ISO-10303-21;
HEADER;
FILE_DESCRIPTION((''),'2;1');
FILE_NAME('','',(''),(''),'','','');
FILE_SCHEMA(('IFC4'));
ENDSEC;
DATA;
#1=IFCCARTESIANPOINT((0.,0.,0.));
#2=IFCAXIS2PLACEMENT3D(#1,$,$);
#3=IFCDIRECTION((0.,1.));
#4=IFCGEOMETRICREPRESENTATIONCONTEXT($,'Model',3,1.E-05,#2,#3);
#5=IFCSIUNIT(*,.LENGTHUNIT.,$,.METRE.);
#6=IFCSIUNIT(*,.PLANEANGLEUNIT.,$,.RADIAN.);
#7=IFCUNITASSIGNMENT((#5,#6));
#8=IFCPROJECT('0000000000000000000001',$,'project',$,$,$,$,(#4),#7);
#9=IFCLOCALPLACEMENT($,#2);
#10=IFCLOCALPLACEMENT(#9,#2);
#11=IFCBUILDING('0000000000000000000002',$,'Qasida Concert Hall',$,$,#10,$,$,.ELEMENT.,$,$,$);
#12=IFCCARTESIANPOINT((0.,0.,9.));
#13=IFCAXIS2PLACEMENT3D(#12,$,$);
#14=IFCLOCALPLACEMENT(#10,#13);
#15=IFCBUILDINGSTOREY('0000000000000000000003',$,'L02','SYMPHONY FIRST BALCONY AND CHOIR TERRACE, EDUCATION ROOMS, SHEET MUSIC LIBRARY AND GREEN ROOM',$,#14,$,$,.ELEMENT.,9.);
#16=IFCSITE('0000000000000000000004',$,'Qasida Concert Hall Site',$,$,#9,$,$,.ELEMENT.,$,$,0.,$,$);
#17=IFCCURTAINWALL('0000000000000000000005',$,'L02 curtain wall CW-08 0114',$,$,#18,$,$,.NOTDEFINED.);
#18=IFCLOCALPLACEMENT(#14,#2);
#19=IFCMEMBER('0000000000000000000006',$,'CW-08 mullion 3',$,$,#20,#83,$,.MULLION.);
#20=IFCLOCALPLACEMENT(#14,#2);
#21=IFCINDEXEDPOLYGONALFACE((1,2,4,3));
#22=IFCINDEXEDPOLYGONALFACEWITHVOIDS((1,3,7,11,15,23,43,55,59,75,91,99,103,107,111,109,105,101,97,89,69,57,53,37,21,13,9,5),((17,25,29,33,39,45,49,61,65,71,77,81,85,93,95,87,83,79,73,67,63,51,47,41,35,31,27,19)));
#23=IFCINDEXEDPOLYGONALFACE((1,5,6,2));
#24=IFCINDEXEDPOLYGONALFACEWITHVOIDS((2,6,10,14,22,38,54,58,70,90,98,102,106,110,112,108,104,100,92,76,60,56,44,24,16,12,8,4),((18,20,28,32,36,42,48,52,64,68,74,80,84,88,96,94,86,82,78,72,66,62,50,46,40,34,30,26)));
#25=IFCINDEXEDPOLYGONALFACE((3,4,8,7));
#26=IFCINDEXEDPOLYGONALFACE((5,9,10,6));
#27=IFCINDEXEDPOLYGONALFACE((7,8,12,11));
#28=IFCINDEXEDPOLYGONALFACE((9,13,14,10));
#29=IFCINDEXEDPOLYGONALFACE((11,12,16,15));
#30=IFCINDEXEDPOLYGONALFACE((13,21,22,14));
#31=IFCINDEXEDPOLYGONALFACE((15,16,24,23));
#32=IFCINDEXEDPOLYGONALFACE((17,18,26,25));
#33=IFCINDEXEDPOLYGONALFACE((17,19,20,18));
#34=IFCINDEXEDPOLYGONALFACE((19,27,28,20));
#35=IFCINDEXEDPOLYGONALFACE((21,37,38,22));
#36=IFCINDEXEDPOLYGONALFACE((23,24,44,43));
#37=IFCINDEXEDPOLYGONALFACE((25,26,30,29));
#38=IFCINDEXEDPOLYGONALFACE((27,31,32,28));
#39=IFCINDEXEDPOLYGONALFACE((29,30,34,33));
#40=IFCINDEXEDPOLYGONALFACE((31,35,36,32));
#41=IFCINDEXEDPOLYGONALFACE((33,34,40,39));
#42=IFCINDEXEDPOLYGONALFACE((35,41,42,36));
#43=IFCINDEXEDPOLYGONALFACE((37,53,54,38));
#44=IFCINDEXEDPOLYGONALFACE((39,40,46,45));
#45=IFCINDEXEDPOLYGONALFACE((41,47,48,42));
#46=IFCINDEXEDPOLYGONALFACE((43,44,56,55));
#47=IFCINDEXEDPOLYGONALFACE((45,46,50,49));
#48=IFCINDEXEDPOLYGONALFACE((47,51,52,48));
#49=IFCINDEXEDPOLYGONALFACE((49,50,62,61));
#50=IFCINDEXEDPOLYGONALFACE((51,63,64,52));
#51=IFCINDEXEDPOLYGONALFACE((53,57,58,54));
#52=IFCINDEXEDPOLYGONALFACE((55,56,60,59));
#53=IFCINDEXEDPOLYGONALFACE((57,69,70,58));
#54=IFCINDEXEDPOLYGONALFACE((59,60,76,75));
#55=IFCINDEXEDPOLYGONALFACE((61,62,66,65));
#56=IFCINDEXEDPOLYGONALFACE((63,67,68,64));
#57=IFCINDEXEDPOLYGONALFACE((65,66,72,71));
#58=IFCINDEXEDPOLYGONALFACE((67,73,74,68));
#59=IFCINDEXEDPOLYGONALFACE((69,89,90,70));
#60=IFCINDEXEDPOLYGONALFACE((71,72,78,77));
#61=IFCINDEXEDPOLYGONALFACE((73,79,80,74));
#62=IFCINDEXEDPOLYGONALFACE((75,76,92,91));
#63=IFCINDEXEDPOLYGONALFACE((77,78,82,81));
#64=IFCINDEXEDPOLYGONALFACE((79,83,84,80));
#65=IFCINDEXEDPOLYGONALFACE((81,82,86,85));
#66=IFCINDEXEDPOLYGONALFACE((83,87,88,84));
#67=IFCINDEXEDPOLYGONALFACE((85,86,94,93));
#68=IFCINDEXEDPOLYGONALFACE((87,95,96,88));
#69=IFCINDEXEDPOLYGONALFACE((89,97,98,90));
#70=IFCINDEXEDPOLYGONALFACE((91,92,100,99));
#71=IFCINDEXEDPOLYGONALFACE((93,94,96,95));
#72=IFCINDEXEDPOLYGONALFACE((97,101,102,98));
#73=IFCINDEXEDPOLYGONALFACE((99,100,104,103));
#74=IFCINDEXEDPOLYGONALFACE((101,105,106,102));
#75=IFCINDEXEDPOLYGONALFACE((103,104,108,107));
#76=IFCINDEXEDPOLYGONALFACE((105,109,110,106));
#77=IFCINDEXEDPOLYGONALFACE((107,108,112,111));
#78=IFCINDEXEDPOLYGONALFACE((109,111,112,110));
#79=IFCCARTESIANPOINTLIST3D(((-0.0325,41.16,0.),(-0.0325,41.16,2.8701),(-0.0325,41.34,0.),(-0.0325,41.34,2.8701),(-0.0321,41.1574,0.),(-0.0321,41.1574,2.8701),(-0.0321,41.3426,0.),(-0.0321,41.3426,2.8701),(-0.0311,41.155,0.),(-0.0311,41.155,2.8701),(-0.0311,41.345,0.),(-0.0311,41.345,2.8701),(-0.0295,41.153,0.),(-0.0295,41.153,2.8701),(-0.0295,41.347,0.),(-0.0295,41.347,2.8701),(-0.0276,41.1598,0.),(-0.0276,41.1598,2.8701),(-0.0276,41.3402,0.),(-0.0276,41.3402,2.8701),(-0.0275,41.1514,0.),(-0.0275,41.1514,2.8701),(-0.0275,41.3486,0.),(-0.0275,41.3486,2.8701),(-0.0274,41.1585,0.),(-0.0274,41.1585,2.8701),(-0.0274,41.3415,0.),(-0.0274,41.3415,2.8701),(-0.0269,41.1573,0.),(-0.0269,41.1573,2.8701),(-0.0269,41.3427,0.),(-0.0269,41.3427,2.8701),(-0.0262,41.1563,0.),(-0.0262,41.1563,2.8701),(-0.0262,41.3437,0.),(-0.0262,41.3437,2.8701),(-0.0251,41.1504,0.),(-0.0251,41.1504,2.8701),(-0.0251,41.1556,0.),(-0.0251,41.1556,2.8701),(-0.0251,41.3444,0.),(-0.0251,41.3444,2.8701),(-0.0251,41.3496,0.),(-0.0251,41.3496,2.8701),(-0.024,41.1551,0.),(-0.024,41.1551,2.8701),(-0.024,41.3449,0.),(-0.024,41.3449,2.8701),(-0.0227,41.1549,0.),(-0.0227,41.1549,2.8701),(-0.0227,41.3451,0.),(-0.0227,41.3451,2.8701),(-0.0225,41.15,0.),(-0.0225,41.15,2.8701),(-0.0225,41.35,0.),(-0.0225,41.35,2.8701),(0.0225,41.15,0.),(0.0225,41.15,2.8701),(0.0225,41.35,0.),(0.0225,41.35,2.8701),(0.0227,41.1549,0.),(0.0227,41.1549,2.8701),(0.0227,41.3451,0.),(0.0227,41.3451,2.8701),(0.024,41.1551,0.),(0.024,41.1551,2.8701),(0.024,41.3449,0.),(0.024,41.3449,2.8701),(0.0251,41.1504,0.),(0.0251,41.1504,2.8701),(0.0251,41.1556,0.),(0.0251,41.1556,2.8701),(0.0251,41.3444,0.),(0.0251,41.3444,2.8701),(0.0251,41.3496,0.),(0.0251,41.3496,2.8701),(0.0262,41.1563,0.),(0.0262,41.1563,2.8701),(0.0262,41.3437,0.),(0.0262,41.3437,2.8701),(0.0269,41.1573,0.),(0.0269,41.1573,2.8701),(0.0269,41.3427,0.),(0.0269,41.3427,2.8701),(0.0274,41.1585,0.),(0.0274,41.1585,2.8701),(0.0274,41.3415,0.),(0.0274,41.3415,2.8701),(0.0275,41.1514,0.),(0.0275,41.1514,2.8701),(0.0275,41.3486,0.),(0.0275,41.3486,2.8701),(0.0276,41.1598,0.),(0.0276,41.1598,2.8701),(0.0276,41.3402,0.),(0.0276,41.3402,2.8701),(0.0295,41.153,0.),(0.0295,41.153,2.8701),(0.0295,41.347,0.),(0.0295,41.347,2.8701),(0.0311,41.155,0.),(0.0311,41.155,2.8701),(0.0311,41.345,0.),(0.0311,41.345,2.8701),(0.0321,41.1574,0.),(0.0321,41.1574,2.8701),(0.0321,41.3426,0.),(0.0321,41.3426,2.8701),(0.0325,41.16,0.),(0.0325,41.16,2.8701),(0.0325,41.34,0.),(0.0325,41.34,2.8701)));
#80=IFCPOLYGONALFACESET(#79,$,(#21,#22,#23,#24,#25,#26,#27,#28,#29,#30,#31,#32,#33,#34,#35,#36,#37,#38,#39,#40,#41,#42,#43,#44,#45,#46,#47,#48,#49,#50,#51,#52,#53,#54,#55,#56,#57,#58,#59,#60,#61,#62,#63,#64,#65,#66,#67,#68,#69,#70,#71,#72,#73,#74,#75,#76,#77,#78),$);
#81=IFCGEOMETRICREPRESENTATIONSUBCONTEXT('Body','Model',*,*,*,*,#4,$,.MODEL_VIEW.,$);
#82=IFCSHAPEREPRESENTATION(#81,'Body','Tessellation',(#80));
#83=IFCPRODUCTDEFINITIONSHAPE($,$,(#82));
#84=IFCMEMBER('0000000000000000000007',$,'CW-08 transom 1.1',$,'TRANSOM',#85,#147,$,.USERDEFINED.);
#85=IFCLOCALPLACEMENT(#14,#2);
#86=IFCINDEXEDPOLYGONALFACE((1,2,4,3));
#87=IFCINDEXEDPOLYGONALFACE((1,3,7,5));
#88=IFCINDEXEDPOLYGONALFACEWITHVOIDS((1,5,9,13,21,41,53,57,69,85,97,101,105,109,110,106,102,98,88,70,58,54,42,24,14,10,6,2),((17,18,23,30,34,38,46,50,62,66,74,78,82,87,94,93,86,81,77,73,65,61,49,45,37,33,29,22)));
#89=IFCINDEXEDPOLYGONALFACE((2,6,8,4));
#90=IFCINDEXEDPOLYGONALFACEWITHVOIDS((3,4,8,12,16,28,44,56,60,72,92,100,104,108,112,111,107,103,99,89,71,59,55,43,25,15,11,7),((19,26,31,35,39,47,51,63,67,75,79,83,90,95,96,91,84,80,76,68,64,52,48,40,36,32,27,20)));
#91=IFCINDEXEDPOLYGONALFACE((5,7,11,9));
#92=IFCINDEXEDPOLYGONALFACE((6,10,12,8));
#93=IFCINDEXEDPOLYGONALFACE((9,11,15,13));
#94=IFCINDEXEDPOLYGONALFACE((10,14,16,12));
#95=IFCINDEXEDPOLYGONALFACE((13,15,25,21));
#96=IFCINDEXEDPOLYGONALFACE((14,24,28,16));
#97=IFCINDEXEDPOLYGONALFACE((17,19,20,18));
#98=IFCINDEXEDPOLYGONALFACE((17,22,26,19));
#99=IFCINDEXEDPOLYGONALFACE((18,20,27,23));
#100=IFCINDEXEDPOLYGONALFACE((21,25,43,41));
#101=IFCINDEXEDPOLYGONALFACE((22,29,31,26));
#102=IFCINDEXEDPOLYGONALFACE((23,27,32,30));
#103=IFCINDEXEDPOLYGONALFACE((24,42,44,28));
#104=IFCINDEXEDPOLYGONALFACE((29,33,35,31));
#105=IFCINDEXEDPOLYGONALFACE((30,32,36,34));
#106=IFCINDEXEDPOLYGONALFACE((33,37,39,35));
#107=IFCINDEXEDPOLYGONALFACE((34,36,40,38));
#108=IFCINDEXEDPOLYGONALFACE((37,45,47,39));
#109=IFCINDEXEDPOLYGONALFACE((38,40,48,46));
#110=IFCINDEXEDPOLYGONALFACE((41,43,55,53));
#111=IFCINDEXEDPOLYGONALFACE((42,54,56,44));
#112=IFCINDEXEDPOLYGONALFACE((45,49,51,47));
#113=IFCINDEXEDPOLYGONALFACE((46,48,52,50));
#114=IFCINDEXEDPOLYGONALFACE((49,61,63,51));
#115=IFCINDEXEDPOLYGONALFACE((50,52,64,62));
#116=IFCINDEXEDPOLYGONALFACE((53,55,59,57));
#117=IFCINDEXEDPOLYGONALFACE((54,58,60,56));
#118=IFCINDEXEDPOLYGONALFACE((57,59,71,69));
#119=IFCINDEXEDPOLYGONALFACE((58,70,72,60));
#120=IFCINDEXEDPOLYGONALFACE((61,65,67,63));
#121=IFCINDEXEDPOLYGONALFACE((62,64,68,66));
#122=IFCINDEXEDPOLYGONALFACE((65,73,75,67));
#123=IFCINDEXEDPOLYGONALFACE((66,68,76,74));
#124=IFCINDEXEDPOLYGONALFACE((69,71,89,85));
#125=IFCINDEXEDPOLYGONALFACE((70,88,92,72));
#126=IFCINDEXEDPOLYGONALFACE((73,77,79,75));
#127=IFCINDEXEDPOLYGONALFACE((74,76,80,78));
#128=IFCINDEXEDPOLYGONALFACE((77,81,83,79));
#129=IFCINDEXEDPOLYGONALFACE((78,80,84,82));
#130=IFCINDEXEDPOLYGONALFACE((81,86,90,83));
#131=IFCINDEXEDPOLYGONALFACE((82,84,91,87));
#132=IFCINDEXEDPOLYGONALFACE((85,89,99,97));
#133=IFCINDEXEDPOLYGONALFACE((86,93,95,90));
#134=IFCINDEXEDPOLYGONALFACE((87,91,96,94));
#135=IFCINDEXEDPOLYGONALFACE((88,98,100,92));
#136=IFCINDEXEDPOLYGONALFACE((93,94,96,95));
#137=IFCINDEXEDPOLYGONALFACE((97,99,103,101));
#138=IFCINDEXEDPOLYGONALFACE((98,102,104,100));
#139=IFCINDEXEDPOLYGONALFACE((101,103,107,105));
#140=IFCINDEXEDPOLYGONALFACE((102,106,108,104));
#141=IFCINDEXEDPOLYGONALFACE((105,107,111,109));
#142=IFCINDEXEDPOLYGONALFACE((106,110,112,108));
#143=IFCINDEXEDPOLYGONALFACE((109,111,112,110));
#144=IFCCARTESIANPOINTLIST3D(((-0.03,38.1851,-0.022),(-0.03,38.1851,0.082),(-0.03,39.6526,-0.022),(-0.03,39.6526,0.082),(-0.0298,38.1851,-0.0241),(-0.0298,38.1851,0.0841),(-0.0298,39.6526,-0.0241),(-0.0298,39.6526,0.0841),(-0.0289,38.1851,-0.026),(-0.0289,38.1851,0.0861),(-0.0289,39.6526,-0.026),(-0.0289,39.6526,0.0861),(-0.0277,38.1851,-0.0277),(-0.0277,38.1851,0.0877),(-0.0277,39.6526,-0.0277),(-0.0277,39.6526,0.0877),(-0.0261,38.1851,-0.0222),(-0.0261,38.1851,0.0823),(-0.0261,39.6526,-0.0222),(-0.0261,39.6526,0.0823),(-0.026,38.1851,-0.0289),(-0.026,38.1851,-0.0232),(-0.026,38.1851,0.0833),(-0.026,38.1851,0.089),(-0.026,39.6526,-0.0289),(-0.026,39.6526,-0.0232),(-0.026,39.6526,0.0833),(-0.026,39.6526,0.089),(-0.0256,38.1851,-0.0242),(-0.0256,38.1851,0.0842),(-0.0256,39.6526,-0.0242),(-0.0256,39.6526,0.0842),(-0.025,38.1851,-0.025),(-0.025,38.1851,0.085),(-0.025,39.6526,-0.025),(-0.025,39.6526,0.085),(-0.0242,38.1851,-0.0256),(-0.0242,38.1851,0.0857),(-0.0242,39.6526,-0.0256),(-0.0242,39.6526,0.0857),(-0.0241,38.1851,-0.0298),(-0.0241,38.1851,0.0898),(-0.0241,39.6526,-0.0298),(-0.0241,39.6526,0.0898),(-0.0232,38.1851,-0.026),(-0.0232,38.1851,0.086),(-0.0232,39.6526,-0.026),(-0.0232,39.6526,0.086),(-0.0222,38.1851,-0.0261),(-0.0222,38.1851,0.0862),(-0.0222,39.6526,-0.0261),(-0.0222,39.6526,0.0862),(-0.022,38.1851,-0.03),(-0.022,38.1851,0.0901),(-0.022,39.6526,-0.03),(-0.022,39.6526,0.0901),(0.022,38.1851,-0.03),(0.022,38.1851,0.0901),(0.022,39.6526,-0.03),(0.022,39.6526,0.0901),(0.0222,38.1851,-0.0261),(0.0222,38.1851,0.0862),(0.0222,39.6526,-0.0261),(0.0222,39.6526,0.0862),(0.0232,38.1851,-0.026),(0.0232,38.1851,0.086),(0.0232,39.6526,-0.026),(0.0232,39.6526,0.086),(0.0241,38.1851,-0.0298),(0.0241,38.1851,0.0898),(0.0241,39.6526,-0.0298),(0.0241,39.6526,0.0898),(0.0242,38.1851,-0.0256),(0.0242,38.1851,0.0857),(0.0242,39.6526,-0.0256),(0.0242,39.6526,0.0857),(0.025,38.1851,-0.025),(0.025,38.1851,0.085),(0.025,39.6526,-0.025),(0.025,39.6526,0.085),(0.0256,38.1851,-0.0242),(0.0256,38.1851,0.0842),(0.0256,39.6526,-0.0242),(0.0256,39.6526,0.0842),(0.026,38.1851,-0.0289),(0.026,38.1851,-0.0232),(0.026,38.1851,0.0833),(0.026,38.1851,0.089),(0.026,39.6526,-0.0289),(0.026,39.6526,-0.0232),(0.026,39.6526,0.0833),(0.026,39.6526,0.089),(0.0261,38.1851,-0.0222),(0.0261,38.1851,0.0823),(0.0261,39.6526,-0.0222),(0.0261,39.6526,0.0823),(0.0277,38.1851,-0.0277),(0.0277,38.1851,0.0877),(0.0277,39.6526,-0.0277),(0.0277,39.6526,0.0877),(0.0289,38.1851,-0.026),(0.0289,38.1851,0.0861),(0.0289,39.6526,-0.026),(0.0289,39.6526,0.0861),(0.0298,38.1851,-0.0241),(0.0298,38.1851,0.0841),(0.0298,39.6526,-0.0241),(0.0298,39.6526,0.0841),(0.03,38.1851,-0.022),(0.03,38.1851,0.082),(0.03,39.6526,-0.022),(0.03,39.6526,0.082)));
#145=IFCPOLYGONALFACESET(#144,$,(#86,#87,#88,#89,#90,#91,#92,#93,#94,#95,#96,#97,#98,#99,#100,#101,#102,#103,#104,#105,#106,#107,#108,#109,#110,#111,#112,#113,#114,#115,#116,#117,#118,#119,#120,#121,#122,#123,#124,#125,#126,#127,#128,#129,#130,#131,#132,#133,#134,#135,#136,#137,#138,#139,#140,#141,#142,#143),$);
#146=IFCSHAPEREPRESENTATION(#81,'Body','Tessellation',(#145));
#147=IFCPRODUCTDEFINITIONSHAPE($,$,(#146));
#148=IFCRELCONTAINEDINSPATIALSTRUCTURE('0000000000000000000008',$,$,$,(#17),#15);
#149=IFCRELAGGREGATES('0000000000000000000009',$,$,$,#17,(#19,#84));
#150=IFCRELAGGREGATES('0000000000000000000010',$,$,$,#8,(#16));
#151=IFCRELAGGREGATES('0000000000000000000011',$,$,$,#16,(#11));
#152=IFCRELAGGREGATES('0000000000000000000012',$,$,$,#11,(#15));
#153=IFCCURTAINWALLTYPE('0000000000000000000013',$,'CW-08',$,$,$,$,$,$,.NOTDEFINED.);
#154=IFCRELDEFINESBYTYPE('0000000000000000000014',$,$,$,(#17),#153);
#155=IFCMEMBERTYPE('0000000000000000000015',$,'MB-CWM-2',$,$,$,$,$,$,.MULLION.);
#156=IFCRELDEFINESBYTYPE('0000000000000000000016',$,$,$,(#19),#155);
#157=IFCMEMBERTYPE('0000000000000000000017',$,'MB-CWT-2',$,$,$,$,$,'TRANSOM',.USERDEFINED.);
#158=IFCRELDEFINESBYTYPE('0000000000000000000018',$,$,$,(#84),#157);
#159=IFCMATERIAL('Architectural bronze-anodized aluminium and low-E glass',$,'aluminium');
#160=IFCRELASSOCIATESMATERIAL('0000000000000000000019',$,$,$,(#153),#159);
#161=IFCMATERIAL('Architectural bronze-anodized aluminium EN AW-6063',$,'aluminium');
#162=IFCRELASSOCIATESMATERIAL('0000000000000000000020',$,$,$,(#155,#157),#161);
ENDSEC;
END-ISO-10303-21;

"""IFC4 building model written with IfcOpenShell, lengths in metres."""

from ifc_helpers import new_model, si_unit, direction, frame, origin, origin_2d, place, context, subcontext, project, spatial, hollow_rectangle, extrude, material, material_profile, profile_set, type_object, element, aggregate, save


model = new_model("IFC4")

# Units and contexts
model_context = context("Model", 3, precision=1e-05, world=origin(), true_north=direction((0.0, 1.0)))
body_context = subcontext(model_context, "Body", "Model", "MODEL_VIEW")
ifc_project = project(units=[si_unit("LENGTHUNIT", "METRE"), si_unit("PLANEANGLEUNIT", "RADIAN")], contexts=[model_context])

# Site, building, storey
site_placement = place(None, origin())
site = spatial("IfcSite", under=ifc_project, at=site_placement, Name="Qasida Concert Hall Site", CompositionType="ELEMENT", RefElevation=0.0)
building_placement = place(site_placement, origin())
building = spatial("IfcBuilding", under=site, at=building_placement, Name="Qasida Concert Hall", CompositionType="ELEMENT")
storey_placement = place(building_placement, frame((0.0, 0.0, 9.0)))
storey = spatial("IfcBuildingStorey", under=building, at=storey_placement, Name="L02", Description="SYMPHONY FIRST BALCONY AND CHOIR TERRACE, EDUCATION ROOMS, SHEET MUSIC LIBRARY AND GREEN ROOM", CompositionType="ELEMENT", Elevation=9.0)

# Curtain wall, members
ifc_material_1 = material(Name="Architectural bronze-anodized aluminium and low-E glass", Category="aluminium")
curtain_wall_type = type_object("IfcCurtainWallType", Name="CW-08", PredefinedType="NOTDEFINED", material=ifc_material_1)
curtain_wall_placement = place(storey_placement, origin())
curtain_wall = element("IfcCurtainWall", 1, at=curtain_wall_placement, inside=storey, type_object=curtain_wall_type, Name="L02 curtain wall CW-08 0114", PredefinedType="NOTDEFINED")
ifc_material_2 = material(Name="Architectural bronze-anodized aluminium EN AW-6063", Category="aluminium")
ifc_material_profile_1 = material_profile(ifc_material_2, hollow_rectangle(XDim=0.0649, YDim=0.2, WallThickness=0.0049, InnerFilletRadius=0.0049, OuterFilletRadius=0.01, at=origin_2d()), Name="CWM 200x65x5")
ifc_profile_set_1 = profile_set([ifc_material_profile_1], Name="Architectural bronze-anodized aluminium EN AW-6063")
member_type_1 = type_object("IfcMemberType", Name="MB-CWM-2", PredefinedType="MULLION", material=ifc_profile_set_1)
member_1_placement = place(storey_placement, frame((0.0, 41.25, 0.0), z_axis=(0.0, 0.0, 1.0), x_axis=(-1.0, 0.0, 0.0)))
member_1 = element("IfcMember", 2, at=member_1_placement, type_object=member_type_1, Name="CW-08 mullion 3", PredefinedType="MULLION", context=body_context, shape_type="SweptSolid", body=[
    extrude(hollow_rectangle(XDim=0.0649, YDim=0.2, WallThickness=0.0049, InnerFilletRadius=0.0049, OuterFilletRadius=0.01, at=origin_2d()), origin(), (0.0, 0.0, 1.0), 2.8701),
])
ifc_material_profile_2 = material_profile(ifc_material_2, hollow_rectangle(XDim=0.0601, YDim=0.1201, WallThickness=0.0039, InnerFilletRadius=0.0039, OuterFilletRadius=0.0081, at=origin_2d()), Name="CWT 120x60x4")
ifc_profile_set_2 = profile_set([ifc_material_profile_2], Name="Architectural bronze-anodized aluminium EN AW-6063")
member_type_2 = type_object("IfcMemberType", Name="MB-CWT-2", ElementType="TRANSOM", PredefinedType="USERDEFINED", material=ifc_profile_set_2)
member_2_placement = place(storey_placement, frame((0.0, 38.1851, 0.03), z_axis=(0.0, 1.0, 0.0), x_axis=(-1.0, 0.0, 0.0)))
member_2 = element("IfcMember", 3, at=member_2_placement, type_object=member_type_2, Name="CW-08 transom 1.1", ObjectType="TRANSOM", PredefinedType="USERDEFINED", context=body_context, shape_type="SweptSolid", body=[
    extrude(hollow_rectangle(XDim=0.0601, YDim=0.1201, WallThickness=0.0039, InnerFilletRadius=0.0039, OuterFilletRadius=0.0081, at=origin_2d()), origin(), (0.0, 0.0, 1.0), 1.4675),
])
aggregate(curtain_wall, [member_1, member_2])

save(model, "model.ifc")
